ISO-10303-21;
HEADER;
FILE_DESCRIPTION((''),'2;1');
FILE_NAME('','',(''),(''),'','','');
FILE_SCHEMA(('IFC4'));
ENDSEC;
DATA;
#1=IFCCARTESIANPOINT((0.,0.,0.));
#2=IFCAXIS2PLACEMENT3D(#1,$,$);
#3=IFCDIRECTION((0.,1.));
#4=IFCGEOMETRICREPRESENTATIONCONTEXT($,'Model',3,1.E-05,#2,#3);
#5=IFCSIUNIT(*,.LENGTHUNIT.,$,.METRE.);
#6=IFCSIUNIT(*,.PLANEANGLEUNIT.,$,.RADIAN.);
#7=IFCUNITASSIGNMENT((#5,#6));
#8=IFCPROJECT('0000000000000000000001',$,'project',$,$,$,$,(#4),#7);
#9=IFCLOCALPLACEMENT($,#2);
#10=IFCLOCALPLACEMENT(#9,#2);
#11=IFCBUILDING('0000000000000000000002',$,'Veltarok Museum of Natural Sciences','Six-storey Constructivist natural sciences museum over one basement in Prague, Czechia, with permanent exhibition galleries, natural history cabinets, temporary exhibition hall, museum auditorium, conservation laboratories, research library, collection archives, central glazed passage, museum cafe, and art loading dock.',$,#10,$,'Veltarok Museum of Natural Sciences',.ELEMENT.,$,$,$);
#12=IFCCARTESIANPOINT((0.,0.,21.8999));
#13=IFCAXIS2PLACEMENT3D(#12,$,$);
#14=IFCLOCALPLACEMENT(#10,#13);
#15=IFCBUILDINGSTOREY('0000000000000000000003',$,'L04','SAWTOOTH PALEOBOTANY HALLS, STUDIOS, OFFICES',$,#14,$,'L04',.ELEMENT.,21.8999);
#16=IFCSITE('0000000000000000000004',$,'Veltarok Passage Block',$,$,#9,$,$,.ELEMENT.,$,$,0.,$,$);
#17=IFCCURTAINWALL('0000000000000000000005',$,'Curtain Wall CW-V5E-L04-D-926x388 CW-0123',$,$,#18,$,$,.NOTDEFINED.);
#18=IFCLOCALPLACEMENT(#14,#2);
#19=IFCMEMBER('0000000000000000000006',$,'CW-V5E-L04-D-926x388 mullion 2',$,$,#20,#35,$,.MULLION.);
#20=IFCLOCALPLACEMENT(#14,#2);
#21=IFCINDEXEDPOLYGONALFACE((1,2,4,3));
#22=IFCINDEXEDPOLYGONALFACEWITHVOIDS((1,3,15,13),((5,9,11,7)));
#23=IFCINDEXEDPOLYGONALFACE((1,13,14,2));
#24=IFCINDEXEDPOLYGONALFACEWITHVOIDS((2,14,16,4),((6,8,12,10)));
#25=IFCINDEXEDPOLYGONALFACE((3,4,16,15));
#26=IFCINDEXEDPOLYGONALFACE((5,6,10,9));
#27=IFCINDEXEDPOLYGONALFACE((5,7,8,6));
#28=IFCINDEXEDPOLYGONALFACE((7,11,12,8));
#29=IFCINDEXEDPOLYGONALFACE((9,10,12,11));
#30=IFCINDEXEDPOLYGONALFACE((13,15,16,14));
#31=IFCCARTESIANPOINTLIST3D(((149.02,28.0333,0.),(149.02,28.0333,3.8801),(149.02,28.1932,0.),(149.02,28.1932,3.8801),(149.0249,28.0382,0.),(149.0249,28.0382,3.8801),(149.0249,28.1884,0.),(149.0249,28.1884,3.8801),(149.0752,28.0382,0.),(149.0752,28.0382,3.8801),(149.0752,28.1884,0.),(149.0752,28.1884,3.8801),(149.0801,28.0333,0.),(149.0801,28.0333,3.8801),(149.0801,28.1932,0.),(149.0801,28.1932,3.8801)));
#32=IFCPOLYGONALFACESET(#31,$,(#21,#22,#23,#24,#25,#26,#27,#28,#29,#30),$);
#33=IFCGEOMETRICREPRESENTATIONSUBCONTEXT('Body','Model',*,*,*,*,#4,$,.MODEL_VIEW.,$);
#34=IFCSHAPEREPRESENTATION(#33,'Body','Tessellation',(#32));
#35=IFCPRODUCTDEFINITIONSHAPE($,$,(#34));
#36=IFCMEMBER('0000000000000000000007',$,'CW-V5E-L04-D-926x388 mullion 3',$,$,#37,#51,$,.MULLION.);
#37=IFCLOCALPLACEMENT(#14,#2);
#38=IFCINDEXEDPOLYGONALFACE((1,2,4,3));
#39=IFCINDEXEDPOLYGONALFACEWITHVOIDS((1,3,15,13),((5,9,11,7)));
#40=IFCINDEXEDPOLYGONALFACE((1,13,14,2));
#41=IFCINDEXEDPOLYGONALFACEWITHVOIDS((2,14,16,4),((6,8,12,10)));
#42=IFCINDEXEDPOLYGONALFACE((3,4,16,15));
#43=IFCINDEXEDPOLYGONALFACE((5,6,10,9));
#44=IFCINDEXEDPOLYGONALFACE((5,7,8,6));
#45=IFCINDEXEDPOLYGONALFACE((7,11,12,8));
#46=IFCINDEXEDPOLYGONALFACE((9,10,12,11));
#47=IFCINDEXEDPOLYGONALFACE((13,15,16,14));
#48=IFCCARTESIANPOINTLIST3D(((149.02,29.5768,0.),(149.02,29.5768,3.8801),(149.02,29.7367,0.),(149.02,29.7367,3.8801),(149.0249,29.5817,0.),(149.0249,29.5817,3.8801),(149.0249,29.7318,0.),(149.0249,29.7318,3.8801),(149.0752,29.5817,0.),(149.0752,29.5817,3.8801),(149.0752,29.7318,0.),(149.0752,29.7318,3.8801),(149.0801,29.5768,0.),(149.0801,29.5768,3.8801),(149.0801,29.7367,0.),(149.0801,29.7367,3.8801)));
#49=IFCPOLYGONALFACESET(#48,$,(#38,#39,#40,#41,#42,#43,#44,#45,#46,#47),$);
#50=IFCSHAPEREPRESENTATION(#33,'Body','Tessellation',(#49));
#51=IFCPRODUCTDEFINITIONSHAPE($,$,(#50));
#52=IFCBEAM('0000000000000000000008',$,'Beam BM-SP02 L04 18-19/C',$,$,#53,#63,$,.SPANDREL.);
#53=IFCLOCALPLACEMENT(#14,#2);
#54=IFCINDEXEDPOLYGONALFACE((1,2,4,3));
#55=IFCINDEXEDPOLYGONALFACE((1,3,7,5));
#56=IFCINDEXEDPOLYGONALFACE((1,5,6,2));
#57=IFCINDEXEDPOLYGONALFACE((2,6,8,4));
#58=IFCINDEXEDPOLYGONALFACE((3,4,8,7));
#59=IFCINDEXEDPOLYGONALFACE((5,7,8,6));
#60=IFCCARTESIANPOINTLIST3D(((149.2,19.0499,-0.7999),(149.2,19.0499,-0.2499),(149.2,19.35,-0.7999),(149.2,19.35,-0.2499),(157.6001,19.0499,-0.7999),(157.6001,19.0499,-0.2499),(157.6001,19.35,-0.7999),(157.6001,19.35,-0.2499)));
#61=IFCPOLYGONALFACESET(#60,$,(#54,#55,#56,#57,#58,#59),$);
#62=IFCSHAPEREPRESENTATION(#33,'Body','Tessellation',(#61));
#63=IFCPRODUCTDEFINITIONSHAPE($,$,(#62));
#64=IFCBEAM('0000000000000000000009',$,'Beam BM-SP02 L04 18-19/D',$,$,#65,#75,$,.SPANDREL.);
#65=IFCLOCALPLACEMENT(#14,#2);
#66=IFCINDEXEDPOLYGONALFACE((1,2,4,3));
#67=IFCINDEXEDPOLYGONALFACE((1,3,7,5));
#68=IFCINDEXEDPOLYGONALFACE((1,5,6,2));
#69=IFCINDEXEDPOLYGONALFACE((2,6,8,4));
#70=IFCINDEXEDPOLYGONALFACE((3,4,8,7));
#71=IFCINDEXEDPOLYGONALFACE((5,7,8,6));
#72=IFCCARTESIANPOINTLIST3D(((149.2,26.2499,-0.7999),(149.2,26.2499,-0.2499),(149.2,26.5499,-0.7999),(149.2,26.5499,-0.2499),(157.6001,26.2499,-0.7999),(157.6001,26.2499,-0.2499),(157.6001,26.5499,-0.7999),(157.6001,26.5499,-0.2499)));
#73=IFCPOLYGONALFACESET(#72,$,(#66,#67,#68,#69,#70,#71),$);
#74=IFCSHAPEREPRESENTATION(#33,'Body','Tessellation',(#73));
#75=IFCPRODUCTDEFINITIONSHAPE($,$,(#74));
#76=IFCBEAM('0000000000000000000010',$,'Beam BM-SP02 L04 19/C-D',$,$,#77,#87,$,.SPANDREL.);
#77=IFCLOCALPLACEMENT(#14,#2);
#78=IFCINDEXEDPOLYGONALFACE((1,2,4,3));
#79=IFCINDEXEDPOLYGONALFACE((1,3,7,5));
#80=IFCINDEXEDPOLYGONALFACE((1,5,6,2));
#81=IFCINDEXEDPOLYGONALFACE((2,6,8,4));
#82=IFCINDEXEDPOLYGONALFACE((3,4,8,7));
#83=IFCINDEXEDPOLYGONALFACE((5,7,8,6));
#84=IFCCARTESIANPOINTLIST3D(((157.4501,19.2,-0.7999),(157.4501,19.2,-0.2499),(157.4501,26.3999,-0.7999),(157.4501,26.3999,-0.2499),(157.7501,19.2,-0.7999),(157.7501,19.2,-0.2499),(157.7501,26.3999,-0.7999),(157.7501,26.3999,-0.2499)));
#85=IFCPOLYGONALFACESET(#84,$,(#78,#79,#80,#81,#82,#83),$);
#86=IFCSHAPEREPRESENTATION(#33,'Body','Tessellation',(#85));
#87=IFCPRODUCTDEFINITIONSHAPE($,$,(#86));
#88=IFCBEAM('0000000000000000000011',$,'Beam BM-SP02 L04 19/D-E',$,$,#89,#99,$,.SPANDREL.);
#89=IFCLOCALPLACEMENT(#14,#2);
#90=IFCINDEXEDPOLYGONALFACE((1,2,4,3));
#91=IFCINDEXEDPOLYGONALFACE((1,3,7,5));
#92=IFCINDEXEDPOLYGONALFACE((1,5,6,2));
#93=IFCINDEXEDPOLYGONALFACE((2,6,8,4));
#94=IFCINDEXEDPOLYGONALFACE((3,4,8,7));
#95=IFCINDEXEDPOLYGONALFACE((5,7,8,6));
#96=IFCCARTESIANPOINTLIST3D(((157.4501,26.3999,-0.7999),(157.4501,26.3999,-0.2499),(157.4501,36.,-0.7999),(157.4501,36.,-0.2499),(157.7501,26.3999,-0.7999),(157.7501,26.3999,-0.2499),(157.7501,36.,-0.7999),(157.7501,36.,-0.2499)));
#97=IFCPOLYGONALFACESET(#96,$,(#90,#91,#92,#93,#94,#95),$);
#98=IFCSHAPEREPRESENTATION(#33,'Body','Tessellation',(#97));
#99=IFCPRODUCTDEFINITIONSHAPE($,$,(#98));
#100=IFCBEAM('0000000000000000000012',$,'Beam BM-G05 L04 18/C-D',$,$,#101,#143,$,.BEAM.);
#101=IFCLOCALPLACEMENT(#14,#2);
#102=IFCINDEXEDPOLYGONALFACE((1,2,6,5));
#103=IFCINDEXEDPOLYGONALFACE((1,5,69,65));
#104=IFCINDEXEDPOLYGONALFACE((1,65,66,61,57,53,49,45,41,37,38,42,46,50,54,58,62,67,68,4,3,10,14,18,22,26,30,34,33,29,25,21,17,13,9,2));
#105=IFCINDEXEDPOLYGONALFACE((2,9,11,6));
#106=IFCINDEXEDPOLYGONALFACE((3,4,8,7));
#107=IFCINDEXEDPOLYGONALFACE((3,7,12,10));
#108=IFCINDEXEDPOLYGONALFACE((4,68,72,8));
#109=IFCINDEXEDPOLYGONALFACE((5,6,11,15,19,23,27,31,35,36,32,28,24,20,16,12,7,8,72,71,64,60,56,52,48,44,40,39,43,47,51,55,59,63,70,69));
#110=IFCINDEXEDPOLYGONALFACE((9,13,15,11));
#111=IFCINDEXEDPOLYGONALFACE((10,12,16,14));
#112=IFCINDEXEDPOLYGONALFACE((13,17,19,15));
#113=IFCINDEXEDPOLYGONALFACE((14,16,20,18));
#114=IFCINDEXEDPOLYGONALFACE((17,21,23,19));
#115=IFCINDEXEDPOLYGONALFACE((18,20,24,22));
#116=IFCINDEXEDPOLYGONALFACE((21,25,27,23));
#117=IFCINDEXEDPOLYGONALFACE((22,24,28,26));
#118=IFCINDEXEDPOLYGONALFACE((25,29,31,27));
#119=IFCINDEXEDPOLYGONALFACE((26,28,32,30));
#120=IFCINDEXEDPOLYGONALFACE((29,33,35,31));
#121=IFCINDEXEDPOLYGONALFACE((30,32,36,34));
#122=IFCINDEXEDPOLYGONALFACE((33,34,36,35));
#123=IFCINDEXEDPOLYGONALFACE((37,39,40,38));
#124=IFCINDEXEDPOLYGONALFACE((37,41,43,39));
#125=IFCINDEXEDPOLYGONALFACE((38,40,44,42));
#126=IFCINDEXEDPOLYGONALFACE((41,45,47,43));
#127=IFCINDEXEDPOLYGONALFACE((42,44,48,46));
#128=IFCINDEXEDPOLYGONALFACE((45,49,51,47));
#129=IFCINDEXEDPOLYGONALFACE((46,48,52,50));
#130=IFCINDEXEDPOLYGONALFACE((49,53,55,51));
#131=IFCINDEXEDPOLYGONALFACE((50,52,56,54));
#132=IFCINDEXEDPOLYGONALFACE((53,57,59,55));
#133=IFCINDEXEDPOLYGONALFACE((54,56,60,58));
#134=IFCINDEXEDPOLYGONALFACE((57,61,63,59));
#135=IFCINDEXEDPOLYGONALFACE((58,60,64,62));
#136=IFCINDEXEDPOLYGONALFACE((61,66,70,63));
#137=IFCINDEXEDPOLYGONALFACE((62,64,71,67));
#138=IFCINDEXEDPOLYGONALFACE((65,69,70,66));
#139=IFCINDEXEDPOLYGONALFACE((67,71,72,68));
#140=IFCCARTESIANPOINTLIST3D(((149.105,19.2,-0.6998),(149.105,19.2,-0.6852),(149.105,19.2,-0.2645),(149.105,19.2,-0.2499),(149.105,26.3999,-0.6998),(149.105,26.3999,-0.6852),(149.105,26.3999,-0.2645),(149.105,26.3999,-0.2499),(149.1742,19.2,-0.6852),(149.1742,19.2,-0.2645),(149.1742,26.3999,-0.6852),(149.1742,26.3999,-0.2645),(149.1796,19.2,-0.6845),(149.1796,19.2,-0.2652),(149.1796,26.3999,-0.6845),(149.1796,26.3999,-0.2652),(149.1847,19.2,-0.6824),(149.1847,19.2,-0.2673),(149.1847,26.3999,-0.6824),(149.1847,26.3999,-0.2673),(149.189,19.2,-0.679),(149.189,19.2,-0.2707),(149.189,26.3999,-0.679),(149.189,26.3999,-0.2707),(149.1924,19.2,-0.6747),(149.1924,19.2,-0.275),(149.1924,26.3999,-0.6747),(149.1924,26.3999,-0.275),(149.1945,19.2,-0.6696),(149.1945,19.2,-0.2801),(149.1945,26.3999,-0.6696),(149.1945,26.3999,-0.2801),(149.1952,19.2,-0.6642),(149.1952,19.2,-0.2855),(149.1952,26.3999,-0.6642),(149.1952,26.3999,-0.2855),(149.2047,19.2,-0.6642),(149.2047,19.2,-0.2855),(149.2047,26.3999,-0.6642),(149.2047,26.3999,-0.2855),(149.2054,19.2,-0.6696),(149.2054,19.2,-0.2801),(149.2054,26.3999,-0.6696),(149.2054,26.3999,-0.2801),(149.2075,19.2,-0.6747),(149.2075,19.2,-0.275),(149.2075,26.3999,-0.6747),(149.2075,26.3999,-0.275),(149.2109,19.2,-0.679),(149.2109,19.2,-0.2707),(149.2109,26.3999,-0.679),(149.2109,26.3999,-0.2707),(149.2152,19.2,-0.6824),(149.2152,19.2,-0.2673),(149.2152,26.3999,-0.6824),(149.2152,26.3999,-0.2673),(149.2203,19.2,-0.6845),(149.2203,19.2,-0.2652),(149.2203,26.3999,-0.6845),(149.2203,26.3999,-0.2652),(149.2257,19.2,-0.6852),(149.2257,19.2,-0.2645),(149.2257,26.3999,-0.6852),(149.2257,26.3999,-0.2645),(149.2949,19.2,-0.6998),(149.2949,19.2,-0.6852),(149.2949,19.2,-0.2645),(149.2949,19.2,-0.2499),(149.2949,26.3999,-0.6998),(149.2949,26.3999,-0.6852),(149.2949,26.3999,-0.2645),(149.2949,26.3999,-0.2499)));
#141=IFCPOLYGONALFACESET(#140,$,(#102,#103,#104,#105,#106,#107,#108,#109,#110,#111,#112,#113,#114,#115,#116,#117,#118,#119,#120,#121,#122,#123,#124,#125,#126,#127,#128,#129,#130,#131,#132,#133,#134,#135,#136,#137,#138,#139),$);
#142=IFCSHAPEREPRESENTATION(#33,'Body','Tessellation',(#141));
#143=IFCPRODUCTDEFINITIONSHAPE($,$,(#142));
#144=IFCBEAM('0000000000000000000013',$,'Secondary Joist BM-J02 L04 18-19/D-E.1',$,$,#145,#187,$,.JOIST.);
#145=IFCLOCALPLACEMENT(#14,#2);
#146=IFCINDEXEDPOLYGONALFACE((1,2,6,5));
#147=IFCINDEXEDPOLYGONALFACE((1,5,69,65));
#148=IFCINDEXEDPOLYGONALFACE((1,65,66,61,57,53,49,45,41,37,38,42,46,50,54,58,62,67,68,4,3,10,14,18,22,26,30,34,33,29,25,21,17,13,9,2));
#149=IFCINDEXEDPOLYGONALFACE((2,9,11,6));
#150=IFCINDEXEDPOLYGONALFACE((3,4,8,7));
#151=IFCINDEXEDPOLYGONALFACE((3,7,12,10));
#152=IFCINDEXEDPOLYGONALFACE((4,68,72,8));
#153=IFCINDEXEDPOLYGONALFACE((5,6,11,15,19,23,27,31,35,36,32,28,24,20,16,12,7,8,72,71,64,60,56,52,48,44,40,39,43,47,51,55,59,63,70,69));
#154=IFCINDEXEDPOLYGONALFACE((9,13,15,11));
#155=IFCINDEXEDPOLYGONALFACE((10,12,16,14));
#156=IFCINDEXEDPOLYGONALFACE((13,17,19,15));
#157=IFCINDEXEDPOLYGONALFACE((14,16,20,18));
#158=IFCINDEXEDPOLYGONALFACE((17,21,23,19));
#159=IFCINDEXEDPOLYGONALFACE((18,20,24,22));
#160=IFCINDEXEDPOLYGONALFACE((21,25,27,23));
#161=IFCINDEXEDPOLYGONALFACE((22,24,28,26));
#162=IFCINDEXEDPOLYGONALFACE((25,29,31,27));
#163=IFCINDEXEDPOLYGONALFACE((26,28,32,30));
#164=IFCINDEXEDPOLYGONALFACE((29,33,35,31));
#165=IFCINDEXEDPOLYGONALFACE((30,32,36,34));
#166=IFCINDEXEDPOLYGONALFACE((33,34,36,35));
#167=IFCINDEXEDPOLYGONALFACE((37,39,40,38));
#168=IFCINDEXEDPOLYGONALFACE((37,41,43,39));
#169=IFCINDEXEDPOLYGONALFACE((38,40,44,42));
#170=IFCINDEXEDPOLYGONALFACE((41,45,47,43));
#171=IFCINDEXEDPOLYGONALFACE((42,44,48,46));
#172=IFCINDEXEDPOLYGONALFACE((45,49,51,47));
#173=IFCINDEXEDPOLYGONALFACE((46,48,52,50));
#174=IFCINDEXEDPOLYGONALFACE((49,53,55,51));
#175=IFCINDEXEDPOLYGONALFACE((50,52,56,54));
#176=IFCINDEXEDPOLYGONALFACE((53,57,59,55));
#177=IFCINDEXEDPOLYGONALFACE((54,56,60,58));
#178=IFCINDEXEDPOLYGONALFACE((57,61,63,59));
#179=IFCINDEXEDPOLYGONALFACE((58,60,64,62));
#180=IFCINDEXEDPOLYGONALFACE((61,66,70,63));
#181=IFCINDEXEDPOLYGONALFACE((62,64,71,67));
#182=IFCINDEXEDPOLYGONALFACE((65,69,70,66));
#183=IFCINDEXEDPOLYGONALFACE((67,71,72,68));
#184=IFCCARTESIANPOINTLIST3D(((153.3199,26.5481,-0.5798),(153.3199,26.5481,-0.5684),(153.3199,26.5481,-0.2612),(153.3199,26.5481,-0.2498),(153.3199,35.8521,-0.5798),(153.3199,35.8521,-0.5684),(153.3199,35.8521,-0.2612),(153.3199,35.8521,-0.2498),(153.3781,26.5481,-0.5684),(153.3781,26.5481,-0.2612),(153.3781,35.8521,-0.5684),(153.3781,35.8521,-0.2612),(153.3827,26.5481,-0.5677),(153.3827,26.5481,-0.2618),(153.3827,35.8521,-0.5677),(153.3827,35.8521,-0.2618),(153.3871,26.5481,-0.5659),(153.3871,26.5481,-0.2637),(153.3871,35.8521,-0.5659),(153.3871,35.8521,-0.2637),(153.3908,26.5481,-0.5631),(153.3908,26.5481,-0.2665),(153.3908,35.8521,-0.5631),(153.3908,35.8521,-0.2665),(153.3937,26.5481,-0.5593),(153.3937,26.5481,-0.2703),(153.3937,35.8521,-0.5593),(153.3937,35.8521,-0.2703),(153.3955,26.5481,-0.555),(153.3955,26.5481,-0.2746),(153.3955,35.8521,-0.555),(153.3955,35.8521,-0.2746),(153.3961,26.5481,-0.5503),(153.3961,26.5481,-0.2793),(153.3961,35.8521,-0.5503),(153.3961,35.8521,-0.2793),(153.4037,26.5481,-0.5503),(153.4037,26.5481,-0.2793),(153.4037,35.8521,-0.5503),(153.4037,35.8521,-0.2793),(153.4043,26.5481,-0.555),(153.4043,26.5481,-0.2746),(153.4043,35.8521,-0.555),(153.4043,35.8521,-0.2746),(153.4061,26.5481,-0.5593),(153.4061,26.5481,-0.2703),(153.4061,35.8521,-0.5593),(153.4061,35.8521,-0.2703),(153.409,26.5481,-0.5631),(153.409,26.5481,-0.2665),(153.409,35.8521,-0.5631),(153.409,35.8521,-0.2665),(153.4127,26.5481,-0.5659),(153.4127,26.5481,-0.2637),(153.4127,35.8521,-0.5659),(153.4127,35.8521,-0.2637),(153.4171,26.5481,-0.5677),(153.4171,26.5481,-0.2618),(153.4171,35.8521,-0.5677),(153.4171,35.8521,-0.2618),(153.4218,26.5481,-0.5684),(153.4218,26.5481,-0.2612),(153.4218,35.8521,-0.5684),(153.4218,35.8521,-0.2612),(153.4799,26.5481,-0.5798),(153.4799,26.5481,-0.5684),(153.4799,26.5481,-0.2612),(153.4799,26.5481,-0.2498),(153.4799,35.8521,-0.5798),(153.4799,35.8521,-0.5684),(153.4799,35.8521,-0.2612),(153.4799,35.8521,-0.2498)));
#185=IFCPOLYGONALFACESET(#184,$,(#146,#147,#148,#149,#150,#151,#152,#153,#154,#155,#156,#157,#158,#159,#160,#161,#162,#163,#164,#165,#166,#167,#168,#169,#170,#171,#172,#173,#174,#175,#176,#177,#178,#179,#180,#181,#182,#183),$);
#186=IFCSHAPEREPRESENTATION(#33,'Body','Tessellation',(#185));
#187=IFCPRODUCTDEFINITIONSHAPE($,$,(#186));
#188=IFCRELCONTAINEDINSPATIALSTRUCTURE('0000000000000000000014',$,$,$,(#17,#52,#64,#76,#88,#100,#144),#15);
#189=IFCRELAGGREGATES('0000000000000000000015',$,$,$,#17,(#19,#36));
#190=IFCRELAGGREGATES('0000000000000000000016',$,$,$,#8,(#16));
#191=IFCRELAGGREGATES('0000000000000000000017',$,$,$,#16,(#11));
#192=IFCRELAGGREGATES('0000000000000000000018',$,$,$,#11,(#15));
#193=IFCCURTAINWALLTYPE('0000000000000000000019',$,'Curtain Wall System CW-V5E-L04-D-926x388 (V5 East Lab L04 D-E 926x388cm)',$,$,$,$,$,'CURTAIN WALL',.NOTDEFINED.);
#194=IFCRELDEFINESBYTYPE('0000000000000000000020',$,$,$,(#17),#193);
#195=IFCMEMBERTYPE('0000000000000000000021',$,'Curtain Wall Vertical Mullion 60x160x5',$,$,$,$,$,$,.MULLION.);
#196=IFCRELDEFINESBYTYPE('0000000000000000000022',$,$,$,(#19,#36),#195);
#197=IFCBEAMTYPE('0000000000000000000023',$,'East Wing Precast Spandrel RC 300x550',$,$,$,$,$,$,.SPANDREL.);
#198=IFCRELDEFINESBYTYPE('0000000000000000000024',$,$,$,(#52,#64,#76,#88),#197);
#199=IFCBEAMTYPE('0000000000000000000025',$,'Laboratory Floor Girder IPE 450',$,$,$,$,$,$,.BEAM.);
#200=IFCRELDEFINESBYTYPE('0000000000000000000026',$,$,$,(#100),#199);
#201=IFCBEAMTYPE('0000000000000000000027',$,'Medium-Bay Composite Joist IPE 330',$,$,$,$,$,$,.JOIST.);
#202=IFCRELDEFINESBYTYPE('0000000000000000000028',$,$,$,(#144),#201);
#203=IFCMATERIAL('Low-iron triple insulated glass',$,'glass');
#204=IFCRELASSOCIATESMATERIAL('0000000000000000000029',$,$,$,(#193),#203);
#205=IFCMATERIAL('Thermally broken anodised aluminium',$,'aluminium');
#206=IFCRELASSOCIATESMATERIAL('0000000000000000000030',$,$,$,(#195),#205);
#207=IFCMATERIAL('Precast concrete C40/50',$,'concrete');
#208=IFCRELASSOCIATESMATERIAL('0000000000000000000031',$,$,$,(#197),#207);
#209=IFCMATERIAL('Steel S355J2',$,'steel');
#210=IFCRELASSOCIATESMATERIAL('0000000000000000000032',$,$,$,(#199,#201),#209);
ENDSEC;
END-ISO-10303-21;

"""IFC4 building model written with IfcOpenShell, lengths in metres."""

from ifc_helpers import new_model, si_unit, direction, frame, origin, origin_2d, place, context, subcontext, project, spatial, rectangle, hollow_rectangle, i_section, extrude, material, material_profile, profile_set, type_object, element, aggregate, save


model = new_model("IFC4")

# Units and contexts
model_context = context("Model", 3, precision=1e-05, world=origin(), true_north=direction((0.0, 1.0)))
body_context = subcontext(model_context, "Body", "Model", "MODEL_VIEW")
ifc_project = project(units=[si_unit("LENGTHUNIT", "METRE"), si_unit("PLANEANGLEUNIT", "RADIAN")], contexts=[model_context])

# Site, building, storey
site_placement = place(None, origin())
site = spatial("IfcSite", under=ifc_project, at=site_placement, Name="Veltarok Passage Block", CompositionType="ELEMENT", RefElevation=0.0)
building_placement = place(site_placement, origin())
building = spatial("IfcBuilding", under=site, at=building_placement, Name="Veltarok Museum of Natural Sciences", Description="Six-storey Constructivist natural sciences museum over one basement in Prague, Czechia, with permanent exhibition galleries, natural history cabinets, temporary exhibition hall, museum auditorium, conservation laboratories, research library, collection archives, central glazed passage, museum cafe, and art loading dock.", LongName="Veltarok Museum of Natural Sciences", CompositionType="ELEMENT")
storey_placement = place(building_placement, frame((0.0, 0.0, 21.8999)))
storey = spatial("IfcBuildingStorey", under=building, at=storey_placement, Name="L04", Description="SAWTOOTH PALEOBOTANY HALLS, STUDIOS, OFFICES", LongName="L04", CompositionType="ELEMENT", Elevation=21.8999)

# Shared definitions
ifc_material_1 = material(Name="Steel S355J2", Category="steel")

# Curtain wall, members
ifc_material_2 = material(Name="Low-iron triple insulated glass", Category="glass")
curtain_wall_type = type_object("IfcCurtainWallType", Name="Curtain Wall System CW-V5E-L04-D-926x388 (V5 East Lab L04 D-E 926x388cm)", ElementType="CURTAIN WALL", PredefinedType="NOTDEFINED", material=ifc_material_2)
curtain_wall_placement = place(storey_placement, origin())
curtain_wall = element("IfcCurtainWall", 1, at=curtain_wall_placement, inside=storey, type_object=curtain_wall_type, Name="Curtain Wall CW-V5E-L04-D-926x388 CW-0123", PredefinedType="NOTDEFINED")
ifc_material_3 = material(Name="Thermally broken anodised aluminium", Category="aluminium")
ifc_material_profile_1 = material_profile(ifc_material_3, hollow_rectangle(XDim=0.0601, YDim=0.1599, WallThickness=0.0049, at=origin_2d()), Name="CW MULLION 60x160x5")
ifc_profile_set_1 = profile_set([ifc_material_profile_1], Name="Thermally broken anodised aluminium")
member_type_1 = type_object("IfcMemberType", Name="Curtain Wall Vertical Mullion 60x160x5", PredefinedType="MULLION", material=ifc_profile_set_1)
member_1_placement = place(storey_placement, frame((149.05, 28.1133, 0.0), z_axis=(0.0, 0.0, 1.0), x_axis=(-1.0, 0.0, 0.0)))
member_1 = element("IfcMember", 2, at=member_1_placement, type_object=member_type_1, Name="CW-V5E-L04-D-926x388 mullion 2", PredefinedType="MULLION", context=body_context, shape_type="SweptSolid", body=[
    extrude(hollow_rectangle(XDim=0.0601, YDim=0.1599, WallThickness=0.0049, at=origin_2d()), origin(), (0.0, 0.0, 1.0), 3.8801),
])
member_2_placement = place(storey_placement, frame((149.05, 29.6567, 0.0), z_axis=(0.0, 0.0, 1.0), x_axis=(-1.0, 0.0, 0.0)))
member_2 = element("IfcMember", 3, at=member_2_placement, type_object=member_type_1, Name="CW-V5E-L04-D-926x388 mullion 3", PredefinedType="MULLION", context=body_context, shape_type="SweptSolid", body=[
    extrude(hollow_rectangle(XDim=0.0601, YDim=0.1599, WallThickness=0.0049, at=origin_2d()), origin(), (0.0, 0.0, 1.0), 3.8801),
])

# Beams
ifc_material_4 = material(Name="Precast concrete C40/50", Category="concrete")
ifc_material_profile_2 = material_profile(ifc_material_4, rectangle(XDim=0.3, YDim=0.55, at=origin_2d()), Name="RC 300x550")
ifc_profile_set_2 = profile_set([ifc_material_profile_2], Name="Precast concrete C40/50")
beam_type_1 = type_object("IfcBeamType", Name="East Wing Precast Spandrel RC 300x550", PredefinedType="SPANDREL", material=ifc_profile_set_2)
for number, where, z_axis, x_axis, name in (
    (4, (149.2, 19.2, -0.5249), (1.0, 0.0, 0.0), (0.0, 1.0, 0.0), "Beam BM-SP02 L04 18-19/C"),
    (5, (149.2, 26.3999, -0.5249), (1.0, 0.0, 0.0), (0.0, 1.0, 0.0), "Beam BM-SP02 L04 18-19/D"),
):
    element("IfcBeam", number, at=place(storey_placement, frame(where, z_axis=z_axis, x_axis=x_axis)), inside=storey, type_object=beam_type_1, Name=name, PredefinedType="SPANDREL", context=body_context, shape_type="SweptSolid", body=[
        extrude(rectangle(XDim=0.3, YDim=0.55, at=origin_2d()), origin(), (0.0, 0.0, 1.0), 8.4001),
    ])
beam_1_placement = place(storey_placement, frame((157.6001, 19.2, -0.5249), z_axis=(0.0, 1.0, 0.0), x_axis=(-1.0, 0.0, 0.0)))
element("IfcBeam", 6, at=beam_1_placement, inside=storey, type_object=beam_type_1, Name="Beam BM-SP02 L04 19/C-D", PredefinedType="SPANDREL", context=body_context, shape_type="SweptSolid", body=[
    extrude(rectangle(XDim=0.3, YDim=0.55, at=origin_2d()), origin(), (0.0, 0.0, 1.0), 7.2),
])
beam_2_placement = place(storey_placement, frame((157.6001, 26.3999, -0.5249), z_axis=(0.0, 1.0, 0.0), x_axis=(-1.0, 0.0, 0.0)))
element("IfcBeam", 7, at=beam_2_placement, inside=storey, type_object=beam_type_1, Name="Beam BM-SP02 L04 19/D-E", PredefinedType="SPANDREL", context=body_context, shape_type="SweptSolid", body=[
    extrude(rectangle(XDim=0.3, YDim=0.55, at=origin_2d()), origin(), (0.0, 0.0, 1.0), 9.6001),
])
ifc_material_profile_3 = material_profile(ifc_material_1, i_section(OverallWidth=0.1899, OverallDepth=0.45, WebThickness=0.0095, FlangeThickness=0.0146, FilletRadius=0.021, at=origin_2d()), Name="IPE 450")
ifc_profile_set_3 = profile_set([ifc_material_profile_3], Name="Steel S355J2")
beam_type_2 = type_object("IfcBeamType", Name="Laboratory Floor Girder IPE 450", PredefinedType="BEAM", material=ifc_profile_set_3)
beam_3_placement = place(storey_placement, frame((149.2, 19.2, -0.4749), z_axis=(0.0, 1.0, 0.0), x_axis=(-1.0, 0.0, 0.0)))
element("IfcBeam", 8, at=beam_3_placement, inside=storey, type_object=beam_type_2, Name="Beam BM-G05 L04 18/C-D", PredefinedType="BEAM", context=body_context, shape_type="SweptSolid", body=[
    extrude(i_section(OverallWidth=0.1899, OverallDepth=0.45, WebThickness=0.0095, FlangeThickness=0.0146, FilletRadius=0.021, at=origin_2d()), origin(), (0.0, 0.0, 1.0), 7.2),
])
ifc_material_profile_4 = material_profile(ifc_material_1, i_section(OverallWidth=0.1599, OverallDepth=0.3301, WebThickness=0.0076, FlangeThickness=0.0115, FilletRadius=0.0181, at=origin_2d()), Name="IPE 330")
ifc_profile_set_4 = profile_set([ifc_material_profile_4], Name="Steel S355J2")
beam_type_3 = type_object("IfcBeamType", Name="Medium-Bay Composite Joist IPE 330", PredefinedType="JOIST", material=ifc_profile_set_4)
beam_4_placement = place(storey_placement, frame((153.3999, 26.5481, -0.4148), z_axis=(0.0, 1.0, 0.0), x_axis=(-1.0, 0.0, 0.0)))
element("IfcBeam", 9, at=beam_4_placement, inside=storey, type_object=beam_type_3, Name="Secondary Joist BM-J02 L04 18-19/D-E.1", PredefinedType="JOIST", context=body_context, shape_type="SweptSolid", body=[
    extrude(i_section(OverallWidth=0.1599, OverallDepth=0.3301, WebThickness=0.0076, FlangeThickness=0.0115, FilletRadius=0.0181, at=origin_2d()), origin(), (0.0, 0.0, 1.0), 9.304),
])

aggregate(curtain_wall, [member_1, member_2])

save(model, "model.ifc")
